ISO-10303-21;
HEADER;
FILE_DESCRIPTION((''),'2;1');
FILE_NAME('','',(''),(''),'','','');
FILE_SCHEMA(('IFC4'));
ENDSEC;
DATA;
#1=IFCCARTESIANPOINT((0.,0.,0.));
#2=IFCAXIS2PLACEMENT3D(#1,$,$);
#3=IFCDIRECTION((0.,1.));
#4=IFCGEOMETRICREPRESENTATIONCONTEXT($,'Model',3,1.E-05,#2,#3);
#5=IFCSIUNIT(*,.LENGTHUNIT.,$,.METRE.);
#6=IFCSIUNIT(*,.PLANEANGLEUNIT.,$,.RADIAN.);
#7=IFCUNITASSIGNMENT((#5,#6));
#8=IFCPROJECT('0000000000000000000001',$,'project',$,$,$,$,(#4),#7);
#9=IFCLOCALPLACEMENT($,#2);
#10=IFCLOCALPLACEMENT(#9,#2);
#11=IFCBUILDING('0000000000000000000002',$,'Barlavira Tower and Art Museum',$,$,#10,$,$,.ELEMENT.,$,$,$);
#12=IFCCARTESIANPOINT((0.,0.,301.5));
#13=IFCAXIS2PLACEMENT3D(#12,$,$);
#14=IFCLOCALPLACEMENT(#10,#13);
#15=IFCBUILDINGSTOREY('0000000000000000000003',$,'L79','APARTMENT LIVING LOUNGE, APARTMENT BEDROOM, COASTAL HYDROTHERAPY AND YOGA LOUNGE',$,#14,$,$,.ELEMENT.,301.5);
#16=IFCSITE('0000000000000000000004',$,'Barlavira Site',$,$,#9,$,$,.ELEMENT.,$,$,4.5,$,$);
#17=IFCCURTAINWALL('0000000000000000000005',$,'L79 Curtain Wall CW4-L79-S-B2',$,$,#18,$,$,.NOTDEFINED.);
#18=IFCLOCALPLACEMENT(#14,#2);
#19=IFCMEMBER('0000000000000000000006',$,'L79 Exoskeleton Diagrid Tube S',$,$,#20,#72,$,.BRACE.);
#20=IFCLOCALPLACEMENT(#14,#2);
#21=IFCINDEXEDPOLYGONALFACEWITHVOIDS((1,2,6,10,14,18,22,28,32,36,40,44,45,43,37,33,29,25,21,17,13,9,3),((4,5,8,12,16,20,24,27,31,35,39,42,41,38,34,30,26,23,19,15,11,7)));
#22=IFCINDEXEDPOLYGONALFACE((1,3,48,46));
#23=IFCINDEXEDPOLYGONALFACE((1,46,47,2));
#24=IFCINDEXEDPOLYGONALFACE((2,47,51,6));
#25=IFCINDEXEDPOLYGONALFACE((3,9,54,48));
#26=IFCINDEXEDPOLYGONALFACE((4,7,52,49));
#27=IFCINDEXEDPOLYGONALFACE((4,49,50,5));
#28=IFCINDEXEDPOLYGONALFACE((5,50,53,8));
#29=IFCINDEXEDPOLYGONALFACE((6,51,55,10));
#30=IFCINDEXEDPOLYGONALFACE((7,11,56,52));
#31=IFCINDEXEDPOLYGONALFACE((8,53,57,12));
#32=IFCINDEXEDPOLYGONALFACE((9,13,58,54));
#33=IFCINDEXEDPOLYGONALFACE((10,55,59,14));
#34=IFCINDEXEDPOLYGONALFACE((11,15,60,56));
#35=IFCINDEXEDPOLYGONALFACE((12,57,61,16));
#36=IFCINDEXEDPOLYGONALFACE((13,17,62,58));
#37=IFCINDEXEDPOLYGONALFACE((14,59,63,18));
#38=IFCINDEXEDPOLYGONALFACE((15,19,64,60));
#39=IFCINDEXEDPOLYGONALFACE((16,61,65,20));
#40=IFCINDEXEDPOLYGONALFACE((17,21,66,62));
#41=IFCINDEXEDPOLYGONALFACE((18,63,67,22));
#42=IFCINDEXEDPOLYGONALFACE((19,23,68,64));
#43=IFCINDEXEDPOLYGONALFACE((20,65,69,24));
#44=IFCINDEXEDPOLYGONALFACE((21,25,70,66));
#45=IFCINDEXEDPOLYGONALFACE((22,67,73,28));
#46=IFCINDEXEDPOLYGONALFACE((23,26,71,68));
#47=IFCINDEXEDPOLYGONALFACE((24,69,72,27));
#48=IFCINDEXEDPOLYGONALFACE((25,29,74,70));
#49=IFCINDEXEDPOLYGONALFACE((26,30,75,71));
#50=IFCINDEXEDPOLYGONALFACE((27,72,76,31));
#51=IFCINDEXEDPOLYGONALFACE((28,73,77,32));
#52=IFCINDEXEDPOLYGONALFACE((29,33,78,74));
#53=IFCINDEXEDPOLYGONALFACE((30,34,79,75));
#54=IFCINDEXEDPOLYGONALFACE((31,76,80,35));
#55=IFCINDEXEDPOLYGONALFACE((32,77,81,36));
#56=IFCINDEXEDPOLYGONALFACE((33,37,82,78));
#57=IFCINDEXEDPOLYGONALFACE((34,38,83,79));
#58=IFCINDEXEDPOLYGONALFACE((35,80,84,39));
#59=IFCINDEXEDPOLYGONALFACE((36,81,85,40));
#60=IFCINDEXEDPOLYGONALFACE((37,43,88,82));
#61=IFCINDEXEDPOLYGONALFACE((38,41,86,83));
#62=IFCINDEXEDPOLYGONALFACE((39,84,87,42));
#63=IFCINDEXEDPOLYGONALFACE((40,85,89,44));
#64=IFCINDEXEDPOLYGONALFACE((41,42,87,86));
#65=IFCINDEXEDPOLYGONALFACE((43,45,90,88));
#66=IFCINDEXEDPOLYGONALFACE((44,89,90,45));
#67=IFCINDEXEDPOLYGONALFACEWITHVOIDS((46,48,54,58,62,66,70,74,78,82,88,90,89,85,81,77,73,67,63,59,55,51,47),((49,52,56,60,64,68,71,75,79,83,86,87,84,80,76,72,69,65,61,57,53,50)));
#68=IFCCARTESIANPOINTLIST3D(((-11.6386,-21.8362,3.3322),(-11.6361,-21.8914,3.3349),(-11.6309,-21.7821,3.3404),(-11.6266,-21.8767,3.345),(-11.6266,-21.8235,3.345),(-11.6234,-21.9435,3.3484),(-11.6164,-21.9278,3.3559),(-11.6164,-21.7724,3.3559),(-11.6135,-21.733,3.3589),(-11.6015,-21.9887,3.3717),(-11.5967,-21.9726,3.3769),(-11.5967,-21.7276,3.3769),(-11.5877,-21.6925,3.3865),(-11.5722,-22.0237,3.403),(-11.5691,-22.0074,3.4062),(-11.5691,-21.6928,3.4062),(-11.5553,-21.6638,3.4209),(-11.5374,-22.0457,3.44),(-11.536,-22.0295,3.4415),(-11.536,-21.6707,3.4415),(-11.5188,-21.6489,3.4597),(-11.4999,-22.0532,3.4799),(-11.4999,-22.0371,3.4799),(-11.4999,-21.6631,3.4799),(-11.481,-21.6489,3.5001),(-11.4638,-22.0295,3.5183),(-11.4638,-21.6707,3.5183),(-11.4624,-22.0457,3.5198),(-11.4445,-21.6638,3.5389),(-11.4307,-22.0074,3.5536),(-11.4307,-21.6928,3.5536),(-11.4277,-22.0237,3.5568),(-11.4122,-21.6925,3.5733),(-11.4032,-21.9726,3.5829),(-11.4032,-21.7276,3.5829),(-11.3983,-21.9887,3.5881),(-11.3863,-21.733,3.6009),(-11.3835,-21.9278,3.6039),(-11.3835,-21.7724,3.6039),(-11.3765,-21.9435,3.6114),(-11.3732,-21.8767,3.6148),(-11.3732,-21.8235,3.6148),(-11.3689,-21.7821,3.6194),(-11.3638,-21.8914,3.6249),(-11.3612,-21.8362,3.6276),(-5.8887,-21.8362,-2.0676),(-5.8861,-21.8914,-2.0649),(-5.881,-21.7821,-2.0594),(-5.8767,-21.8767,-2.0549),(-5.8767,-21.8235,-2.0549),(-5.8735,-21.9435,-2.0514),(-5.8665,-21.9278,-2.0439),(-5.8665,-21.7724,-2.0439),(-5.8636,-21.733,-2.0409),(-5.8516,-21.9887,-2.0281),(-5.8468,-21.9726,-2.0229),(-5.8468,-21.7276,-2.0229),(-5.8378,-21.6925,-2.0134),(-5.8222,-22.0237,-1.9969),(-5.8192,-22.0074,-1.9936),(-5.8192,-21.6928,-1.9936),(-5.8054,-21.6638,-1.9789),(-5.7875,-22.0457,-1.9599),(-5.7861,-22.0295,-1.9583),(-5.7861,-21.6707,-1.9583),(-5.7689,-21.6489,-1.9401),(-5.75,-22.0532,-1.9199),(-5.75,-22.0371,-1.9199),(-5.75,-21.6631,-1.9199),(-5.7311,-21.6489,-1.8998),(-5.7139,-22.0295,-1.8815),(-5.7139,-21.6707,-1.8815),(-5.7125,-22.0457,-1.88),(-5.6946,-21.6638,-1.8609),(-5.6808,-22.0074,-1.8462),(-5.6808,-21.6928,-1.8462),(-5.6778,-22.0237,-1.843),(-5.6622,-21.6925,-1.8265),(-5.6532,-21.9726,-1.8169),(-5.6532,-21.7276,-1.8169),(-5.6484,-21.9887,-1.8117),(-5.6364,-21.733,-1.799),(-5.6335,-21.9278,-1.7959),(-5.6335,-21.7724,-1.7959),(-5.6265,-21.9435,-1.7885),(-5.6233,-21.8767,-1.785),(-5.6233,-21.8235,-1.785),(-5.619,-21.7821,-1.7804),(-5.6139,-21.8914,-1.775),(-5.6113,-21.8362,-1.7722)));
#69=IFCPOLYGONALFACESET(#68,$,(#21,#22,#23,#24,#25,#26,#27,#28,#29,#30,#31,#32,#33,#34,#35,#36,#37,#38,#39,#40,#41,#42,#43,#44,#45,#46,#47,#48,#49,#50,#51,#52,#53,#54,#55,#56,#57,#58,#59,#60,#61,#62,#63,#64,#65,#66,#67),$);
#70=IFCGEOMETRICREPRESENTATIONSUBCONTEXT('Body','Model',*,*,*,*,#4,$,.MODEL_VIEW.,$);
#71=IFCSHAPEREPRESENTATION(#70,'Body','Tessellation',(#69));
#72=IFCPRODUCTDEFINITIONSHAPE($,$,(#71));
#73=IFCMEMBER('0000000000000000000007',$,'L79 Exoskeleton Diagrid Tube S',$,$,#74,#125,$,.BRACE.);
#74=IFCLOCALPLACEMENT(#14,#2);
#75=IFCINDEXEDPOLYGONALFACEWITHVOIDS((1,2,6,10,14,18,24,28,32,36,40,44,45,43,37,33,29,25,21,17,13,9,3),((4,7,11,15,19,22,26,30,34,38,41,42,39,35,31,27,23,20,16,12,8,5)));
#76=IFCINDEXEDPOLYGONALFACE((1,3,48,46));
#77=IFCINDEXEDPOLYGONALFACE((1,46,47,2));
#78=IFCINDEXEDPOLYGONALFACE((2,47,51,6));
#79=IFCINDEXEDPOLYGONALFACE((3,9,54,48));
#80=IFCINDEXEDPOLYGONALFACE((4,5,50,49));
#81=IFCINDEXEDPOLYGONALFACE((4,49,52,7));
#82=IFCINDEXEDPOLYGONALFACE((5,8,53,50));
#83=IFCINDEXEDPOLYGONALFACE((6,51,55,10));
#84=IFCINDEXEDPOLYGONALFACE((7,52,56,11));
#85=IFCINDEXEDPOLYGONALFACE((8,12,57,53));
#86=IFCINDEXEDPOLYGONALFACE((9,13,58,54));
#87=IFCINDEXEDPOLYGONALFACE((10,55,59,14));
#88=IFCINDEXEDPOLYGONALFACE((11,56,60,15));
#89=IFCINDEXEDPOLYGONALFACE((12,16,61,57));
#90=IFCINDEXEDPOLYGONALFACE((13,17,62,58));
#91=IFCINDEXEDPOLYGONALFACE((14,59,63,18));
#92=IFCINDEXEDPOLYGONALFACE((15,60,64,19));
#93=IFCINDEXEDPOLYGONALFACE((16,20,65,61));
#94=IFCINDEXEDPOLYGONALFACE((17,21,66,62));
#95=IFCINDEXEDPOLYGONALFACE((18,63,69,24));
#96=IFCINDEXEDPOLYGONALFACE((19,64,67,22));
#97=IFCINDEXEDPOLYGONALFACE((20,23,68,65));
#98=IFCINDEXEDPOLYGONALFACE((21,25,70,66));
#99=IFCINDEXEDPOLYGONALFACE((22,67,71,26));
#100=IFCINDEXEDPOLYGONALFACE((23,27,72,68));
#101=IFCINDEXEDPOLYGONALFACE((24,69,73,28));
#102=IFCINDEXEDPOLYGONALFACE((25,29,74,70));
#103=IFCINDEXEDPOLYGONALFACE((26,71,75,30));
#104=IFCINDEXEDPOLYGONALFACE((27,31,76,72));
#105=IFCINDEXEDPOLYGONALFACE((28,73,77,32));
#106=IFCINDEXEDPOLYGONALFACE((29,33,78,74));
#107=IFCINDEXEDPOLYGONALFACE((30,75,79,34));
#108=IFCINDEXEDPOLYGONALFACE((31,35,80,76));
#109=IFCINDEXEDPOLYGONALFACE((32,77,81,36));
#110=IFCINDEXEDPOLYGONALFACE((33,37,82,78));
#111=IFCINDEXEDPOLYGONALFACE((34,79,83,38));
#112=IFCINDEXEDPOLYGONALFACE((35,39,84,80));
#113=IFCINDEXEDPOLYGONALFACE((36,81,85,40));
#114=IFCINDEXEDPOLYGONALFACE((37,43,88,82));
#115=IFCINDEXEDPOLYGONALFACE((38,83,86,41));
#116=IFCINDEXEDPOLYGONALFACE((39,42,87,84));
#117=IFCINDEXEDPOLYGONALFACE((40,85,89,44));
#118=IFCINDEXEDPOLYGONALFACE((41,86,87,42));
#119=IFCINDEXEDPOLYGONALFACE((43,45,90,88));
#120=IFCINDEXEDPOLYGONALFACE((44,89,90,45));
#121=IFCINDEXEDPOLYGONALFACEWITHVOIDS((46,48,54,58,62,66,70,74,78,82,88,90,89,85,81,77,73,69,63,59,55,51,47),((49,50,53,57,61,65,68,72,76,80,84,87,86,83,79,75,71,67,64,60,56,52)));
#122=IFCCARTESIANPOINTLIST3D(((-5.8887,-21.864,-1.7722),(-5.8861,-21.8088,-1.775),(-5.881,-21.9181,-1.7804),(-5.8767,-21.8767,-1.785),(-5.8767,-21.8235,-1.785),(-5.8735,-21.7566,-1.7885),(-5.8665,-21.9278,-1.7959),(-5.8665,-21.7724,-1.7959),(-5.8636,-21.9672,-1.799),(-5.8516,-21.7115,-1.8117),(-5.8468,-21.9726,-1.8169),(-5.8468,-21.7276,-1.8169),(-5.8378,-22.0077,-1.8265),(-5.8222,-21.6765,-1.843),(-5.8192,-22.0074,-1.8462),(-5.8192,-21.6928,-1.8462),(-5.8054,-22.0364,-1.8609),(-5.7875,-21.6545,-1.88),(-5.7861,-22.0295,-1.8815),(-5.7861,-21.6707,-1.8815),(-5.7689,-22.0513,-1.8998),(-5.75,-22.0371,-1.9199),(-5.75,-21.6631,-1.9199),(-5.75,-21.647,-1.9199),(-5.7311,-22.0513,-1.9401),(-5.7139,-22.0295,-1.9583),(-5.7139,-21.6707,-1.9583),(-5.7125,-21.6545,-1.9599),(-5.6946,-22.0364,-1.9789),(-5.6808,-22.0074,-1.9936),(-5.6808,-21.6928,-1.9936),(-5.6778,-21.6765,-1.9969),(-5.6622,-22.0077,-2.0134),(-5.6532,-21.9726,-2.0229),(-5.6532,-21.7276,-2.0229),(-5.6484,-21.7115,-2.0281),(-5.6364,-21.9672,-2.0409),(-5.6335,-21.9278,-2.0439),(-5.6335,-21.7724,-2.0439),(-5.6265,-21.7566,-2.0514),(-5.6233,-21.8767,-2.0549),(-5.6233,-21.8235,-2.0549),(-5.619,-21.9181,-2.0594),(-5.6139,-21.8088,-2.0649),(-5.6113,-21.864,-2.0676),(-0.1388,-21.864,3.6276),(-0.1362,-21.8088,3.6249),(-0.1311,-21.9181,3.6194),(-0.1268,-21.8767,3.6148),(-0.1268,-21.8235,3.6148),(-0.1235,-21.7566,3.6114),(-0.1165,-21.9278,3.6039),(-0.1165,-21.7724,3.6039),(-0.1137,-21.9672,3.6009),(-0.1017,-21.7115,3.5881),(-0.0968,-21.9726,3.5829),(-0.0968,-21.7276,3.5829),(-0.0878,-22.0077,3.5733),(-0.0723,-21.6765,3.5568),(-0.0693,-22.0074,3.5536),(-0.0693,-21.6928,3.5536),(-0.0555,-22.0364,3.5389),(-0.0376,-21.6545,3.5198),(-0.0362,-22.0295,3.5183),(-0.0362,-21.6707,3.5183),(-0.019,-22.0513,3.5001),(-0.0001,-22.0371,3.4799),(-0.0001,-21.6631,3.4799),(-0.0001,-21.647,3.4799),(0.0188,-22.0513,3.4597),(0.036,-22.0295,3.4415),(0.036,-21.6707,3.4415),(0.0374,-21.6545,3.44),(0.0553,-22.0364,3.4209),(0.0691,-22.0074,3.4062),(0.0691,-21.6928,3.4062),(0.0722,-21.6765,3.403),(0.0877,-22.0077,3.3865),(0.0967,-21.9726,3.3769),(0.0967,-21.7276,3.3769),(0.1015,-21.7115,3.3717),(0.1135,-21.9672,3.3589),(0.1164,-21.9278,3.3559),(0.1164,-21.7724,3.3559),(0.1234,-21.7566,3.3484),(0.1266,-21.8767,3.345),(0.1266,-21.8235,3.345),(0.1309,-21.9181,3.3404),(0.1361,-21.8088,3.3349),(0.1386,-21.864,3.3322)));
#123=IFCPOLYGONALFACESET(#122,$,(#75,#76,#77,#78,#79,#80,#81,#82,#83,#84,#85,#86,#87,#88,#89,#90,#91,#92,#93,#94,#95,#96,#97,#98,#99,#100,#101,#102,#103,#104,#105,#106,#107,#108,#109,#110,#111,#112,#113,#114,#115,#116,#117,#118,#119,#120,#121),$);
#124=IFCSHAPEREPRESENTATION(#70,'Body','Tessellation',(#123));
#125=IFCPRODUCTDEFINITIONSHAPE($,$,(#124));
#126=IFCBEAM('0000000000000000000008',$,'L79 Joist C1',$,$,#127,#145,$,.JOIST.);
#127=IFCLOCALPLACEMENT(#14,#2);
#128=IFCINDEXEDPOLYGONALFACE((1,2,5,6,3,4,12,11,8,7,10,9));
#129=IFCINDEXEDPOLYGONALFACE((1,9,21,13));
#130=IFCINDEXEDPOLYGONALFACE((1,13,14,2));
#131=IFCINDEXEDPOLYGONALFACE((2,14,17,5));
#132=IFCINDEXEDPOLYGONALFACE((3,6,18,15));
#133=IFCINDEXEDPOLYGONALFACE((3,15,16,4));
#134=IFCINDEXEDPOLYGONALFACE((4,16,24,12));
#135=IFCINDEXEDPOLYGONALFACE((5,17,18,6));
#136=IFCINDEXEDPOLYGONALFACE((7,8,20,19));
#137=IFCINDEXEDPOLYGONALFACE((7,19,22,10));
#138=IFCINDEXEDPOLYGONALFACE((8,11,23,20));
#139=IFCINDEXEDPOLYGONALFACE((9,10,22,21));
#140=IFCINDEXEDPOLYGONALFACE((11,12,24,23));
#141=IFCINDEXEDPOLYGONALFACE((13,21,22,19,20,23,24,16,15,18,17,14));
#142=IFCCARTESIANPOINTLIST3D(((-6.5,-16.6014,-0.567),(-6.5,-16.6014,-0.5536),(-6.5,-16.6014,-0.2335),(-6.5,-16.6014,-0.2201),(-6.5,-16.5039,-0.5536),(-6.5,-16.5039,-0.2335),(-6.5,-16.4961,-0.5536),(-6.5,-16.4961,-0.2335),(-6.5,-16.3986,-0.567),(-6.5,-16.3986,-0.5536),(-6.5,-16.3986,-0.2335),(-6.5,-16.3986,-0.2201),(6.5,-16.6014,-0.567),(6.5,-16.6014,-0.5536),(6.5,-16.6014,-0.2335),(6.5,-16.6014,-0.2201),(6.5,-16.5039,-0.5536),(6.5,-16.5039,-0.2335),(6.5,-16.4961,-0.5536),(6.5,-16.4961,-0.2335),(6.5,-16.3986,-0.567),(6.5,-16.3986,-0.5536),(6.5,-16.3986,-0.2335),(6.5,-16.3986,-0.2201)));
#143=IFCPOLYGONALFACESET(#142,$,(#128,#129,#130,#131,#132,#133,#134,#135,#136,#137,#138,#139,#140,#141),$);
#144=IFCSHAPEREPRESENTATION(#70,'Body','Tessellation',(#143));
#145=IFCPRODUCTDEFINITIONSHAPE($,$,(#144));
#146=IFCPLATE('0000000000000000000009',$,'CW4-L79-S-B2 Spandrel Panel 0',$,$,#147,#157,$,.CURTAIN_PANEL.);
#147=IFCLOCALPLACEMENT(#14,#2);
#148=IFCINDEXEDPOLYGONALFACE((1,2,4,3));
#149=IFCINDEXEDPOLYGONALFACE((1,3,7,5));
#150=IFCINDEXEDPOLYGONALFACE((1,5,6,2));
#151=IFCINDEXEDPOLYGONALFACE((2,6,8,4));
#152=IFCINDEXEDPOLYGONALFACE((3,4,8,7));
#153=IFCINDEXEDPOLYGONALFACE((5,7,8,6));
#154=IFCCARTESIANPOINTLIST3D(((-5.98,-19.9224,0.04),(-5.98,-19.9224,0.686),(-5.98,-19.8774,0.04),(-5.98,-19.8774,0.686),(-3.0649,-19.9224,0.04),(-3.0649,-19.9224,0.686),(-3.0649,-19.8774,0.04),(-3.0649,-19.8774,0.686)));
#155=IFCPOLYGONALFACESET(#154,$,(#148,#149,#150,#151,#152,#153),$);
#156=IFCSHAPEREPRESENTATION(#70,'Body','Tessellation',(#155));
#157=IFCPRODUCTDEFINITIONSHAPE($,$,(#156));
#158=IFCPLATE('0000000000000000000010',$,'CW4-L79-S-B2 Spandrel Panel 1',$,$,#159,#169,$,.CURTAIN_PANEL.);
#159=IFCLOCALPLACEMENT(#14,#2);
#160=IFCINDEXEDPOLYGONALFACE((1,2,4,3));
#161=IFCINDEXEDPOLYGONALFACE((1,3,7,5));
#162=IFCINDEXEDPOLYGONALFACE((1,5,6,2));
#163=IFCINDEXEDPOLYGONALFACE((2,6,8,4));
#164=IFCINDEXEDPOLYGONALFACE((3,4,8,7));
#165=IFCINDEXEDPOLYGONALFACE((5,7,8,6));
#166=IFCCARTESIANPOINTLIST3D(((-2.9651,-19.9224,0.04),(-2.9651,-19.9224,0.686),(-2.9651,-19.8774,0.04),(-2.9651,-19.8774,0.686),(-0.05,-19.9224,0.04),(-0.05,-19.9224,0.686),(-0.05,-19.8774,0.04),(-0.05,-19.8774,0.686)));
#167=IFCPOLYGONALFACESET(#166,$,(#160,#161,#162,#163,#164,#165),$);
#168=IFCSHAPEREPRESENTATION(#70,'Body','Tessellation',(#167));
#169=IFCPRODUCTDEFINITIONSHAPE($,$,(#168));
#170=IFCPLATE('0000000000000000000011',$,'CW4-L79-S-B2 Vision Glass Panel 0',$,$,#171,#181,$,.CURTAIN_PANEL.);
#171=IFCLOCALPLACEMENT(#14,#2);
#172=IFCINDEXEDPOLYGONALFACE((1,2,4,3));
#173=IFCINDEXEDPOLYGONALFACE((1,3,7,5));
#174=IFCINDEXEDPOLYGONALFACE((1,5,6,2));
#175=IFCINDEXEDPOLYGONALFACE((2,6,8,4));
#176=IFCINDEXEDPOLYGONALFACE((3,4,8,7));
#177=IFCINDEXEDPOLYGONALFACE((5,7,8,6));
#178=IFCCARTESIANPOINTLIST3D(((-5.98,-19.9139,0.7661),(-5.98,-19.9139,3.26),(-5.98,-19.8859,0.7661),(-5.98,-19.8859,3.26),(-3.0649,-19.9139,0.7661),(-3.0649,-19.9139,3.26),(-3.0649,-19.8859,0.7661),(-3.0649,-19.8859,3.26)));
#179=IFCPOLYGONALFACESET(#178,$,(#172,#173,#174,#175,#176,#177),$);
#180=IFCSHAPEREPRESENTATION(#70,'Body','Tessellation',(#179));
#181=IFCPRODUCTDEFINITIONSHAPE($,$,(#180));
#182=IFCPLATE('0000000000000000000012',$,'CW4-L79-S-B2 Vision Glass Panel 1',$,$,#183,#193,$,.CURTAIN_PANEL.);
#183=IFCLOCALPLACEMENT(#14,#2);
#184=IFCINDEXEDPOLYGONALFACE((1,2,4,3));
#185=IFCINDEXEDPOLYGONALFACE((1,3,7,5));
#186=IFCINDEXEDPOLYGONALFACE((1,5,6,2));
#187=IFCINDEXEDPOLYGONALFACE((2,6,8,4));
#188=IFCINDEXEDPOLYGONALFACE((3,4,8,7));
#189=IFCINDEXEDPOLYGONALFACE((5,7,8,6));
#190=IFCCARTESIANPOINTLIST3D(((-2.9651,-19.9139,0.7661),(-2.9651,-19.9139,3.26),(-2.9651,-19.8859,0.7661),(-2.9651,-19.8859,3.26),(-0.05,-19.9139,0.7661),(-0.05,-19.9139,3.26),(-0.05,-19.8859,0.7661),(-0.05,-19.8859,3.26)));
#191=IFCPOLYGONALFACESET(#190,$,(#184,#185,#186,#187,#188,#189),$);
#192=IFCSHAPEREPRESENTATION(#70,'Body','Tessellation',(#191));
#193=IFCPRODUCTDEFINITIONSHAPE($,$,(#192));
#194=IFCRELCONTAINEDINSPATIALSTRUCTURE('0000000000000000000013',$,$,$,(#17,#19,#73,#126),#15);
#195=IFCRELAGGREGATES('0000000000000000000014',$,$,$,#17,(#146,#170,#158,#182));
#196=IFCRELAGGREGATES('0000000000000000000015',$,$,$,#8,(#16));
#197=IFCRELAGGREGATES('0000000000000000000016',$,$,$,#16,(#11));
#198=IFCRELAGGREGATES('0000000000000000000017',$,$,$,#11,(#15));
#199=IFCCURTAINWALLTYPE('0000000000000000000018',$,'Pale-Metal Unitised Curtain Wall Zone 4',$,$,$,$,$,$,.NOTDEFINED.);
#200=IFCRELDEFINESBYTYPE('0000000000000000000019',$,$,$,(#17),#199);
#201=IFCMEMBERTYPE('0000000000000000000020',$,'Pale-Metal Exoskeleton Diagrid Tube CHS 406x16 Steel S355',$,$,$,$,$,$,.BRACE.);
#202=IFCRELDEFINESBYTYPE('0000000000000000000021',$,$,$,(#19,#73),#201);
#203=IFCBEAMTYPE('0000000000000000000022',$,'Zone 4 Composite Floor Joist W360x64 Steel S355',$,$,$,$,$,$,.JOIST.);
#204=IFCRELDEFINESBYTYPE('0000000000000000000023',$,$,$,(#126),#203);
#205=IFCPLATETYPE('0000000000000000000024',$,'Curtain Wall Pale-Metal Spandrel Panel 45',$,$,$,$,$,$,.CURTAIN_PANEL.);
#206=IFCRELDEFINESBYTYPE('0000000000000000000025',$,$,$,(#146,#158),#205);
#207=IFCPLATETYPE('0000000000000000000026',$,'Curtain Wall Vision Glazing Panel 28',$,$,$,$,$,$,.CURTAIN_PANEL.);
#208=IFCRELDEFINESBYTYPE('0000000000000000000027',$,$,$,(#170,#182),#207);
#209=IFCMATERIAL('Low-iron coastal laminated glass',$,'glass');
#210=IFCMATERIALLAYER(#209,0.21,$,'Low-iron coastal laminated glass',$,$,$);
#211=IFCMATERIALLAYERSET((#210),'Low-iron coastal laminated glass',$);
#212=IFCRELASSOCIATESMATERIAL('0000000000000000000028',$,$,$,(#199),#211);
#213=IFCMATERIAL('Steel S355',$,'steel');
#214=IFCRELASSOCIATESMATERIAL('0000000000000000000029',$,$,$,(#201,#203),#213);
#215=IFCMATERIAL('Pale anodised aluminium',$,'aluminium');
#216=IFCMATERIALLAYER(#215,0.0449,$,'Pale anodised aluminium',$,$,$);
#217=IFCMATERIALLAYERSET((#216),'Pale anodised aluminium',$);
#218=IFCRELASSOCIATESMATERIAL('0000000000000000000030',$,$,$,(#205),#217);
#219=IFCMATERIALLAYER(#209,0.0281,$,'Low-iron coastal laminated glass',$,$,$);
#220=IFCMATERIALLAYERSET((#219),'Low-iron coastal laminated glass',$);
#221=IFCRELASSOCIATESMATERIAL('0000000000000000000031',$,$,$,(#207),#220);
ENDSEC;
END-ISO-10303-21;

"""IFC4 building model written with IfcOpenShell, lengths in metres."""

from ifc_helpers import new_model, si_unit, direction, frame, origin, origin_2d, place, context, subcontext, project, spatial, rectangle, hollow_circle, i_section, extrude, material, layer, layer_set, material_profile, profile_set, type_object, element, aggregate, save


model = new_model("IFC4")

# Units and contexts
model_context = context("Model", 3, precision=1e-05, world=origin(), true_north=direction((0.0, 1.0)))
body_context = subcontext(model_context, "Body", "Model", "MODEL_VIEW")
ifc_project = project(units=[si_unit("LENGTHUNIT", "METRE"), si_unit("PLANEANGLEUNIT", "RADIAN")], contexts=[model_context])

# Site, building, storey
site_placement = place(None, origin())
site = spatial("IfcSite", under=ifc_project, at=site_placement, Name="Barlavira Site", CompositionType="ELEMENT", RefElevation=4.5)
building_placement = place(site_placement, origin())
building = spatial("IfcBuilding", under=site, at=building_placement, Name="Barlavira Tower and Art Museum", CompositionType="ELEMENT")
storey_placement = place(building_placement, frame((0.0, 0.0, 301.5)))
storey = spatial("IfcBuildingStorey", under=building, at=storey_placement, Name="L79", Description="APARTMENT LIVING LOUNGE, APARTMENT BEDROOM, COASTAL HYDROTHERAPY AND YOGA LOUNGE", CompositionType="ELEMENT", Elevation=301.5)

# Curtain wall
ifc_material_1 = material(Name="Low-iron coastal laminated glass", Category="glass")
ifc_layer_1 = layer(ifc_material_1, 0.21, Name="Low-iron coastal laminated glass")
ifc_layer_set_1 = layer_set([ifc_layer_1], Name="Low-iron coastal laminated glass")
curtain_wall_type = type_object("IfcCurtainWallType", Name="Pale-Metal Unitised Curtain Wall Zone 4", PredefinedType="NOTDEFINED", material=ifc_layer_set_1)
curtain_wall_placement = place(storey_placement, origin())
curtain_wall = element("IfcCurtainWall", 1, at=curtain_wall_placement, inside=storey, type_object=curtain_wall_type, Name="L79 Curtain Wall CW4-L79-S-B2", PredefinedType="NOTDEFINED")
ifc_material_2 = material(Name="Pale anodised aluminium", Category="aluminium")

# Members
ifc_material_3 = material(Name="Steel S355", Category="steel")
ifc_material_profile_1 = material_profile(ifc_material_3, hollow_circle(Radius=0.2031, WallThickness=0.0161, at=origin_2d()), Name="CHS 406.4x16.0")
ifc_profile_set_1 = profile_set([ifc_material_profile_1], Name="Steel S355")
member_type_1 = type_object("IfcMemberType", Name="Pale-Metal Exoskeleton Diagrid Tube CHS 406x16 Steel S355", PredefinedType="BRACE", material=ifc_profile_set_1)
for number, where, z_axis, x_axis, name in (
    (2, (-5.75, -21.8501, -1.9199), (-0.72895, 0.0, 0.684567), (0.0, -1.0, 0.0), "L79 Exoskeleton Diagrid Tube S"),
    (3, (-5.75, -21.8501, -1.9199), (0.72895, 0.0, 0.684567), (0.0, 1.0, 0.0), "L79 Exoskeleton Diagrid Tube S"),
):
    element("IfcMember", number, at=place(storey_placement, frame(where, z_axis=z_axis, x_axis=x_axis)), inside=storey, type_object=member_type_1, Name=name, PredefinedType="BRACE", context=body_context, shape_type="SweptSolid", body=[
        extrude(hollow_circle(Radius=0.2031, WallThickness=0.0161, at=origin_2d()), origin(), (0.0, 0.0, 1.0), 7.8879),
    ])

# Beam
ifc_material_profile_2 = material_profile(ifc_material_3, i_section(OverallWidth=0.2029, OverallDepth=0.3469, WebThickness=0.0078, FlangeThickness=0.0134, at=origin_2d()), Name="W360x64.0")
ifc_profile_set_2 = profile_set([ifc_material_profile_2], Name="Steel S355")
beam_type = type_object("IfcBeamType", Name="Zone 4 Composite Floor Joist W360x64 Steel S355", PredefinedType="JOIST", material=ifc_profile_set_2)
beam_placement = place(storey_placement, frame((-6.5, -16.5, -0.3936), z_axis=(1.0, 0.0, 0.0), x_axis=(0.0, 1.0, 0.0)))
element("IfcBeam", 4, at=beam_placement, inside=storey, type_object=beam_type, Name="L79 Joist C1", PredefinedType="JOIST", context=body_context, shape_type="SweptSolid", body=[
    extrude(i_section(OverallWidth=0.2029, OverallDepth=0.3469, WebThickness=0.0078, FlangeThickness=0.0134, at=origin_2d()), origin(), (0.0, 0.0, 1.0), 13.0),
])

# Plates
ifc_layer_2 = layer(ifc_material_2, 0.0449, Name="Pale anodised aluminium")
ifc_layer_set_2 = layer_set([ifc_layer_2], Name="Pale anodised aluminium")
plate_type_1 = type_object("IfcPlateType", Name="Curtain Wall Pale-Metal Spandrel Panel 45", PredefinedType="CURTAIN_PANEL", material=ifc_layer_set_2)
plate_1_placement = place(storey_placement, frame((-4.5225, -19.8999, 0.04), z_axis=(0.0, 0.0, 1.0), x_axis=(1.0, 0.0, 0.0)))
plate_1 = element("IfcPlate", 5, at=plate_1_placement, type_object=plate_type_1, Name="CW4-L79-S-B2 Spandrel Panel 0", PredefinedType="CURTAIN_PANEL", context=body_context, shape_type="SweptSolid", body=[
    extrude(rectangle(XDim=2.915, YDim=0.0449, at=origin_2d()), origin(), (0.0, 0.0, 1.0), 0.646),
])
plate_2_placement = place(storey_placement, frame((-1.5076, -19.8999, 0.04), z_axis=(0.0, 0.0, 1.0), x_axis=(1.0, 0.0, 0.0)))
plate_2 = element("IfcPlate", 6, at=plate_2_placement, type_object=plate_type_1, Name="CW4-L79-S-B2 Spandrel Panel 1", PredefinedType="CURTAIN_PANEL", context=body_context, shape_type="SweptSolid", body=[
    extrude(rectangle(XDim=2.915, YDim=0.0449, at=origin_2d()), origin(), (0.0, 0.0, 1.0), 0.646),
])
ifc_layer_3 = layer(ifc_material_1, 0.0281, Name="Low-iron coastal laminated glass")
ifc_layer_set_3 = layer_set([ifc_layer_3], Name="Low-iron coastal laminated glass")
plate_type_2 = type_object("IfcPlateType", Name="Curtain Wall Vision Glazing Panel 28", PredefinedType="CURTAIN_PANEL", material=ifc_layer_set_3)
plate_3_placement = place(storey_placement, frame((-4.5225, -19.8999, 0.7661), z_axis=(0.0, 0.0, 1.0), x_axis=(1.0, 0.0, 0.0)))
plate_3 = element("IfcPlate", 7, at=plate_3_placement, type_object=plate_type_2, Name="CW4-L79-S-B2 Vision Glass Panel 0", PredefinedType="CURTAIN_PANEL", context=body_context, shape_type="SweptSolid", body=[
    extrude(rectangle(XDim=2.915, YDim=0.0281, at=origin_2d()), origin(), (0.0, 0.0, 1.0), 2.4939),
])
plate_4_placement = place(storey_placement, frame((-1.5076, -19.8999, 0.7661), z_axis=(0.0, 0.0, 1.0), x_axis=(1.0, 0.0, 0.0)))
plate_4 = element("IfcPlate", 8, at=plate_4_placement, type_object=plate_type_2, Name="CW4-L79-S-B2 Vision Glass Panel 1", PredefinedType="CURTAIN_PANEL", context=body_context, shape_type="SweptSolid", body=[
    extrude(rectangle(XDim=2.915, YDim=0.0281, at=origin_2d()), origin(), (0.0, 0.0, 1.0), 2.4939),
])
aggregate(curtain_wall, [plate_1, plate_3, plate_2, plate_4])

save(model, "model.ifc")
